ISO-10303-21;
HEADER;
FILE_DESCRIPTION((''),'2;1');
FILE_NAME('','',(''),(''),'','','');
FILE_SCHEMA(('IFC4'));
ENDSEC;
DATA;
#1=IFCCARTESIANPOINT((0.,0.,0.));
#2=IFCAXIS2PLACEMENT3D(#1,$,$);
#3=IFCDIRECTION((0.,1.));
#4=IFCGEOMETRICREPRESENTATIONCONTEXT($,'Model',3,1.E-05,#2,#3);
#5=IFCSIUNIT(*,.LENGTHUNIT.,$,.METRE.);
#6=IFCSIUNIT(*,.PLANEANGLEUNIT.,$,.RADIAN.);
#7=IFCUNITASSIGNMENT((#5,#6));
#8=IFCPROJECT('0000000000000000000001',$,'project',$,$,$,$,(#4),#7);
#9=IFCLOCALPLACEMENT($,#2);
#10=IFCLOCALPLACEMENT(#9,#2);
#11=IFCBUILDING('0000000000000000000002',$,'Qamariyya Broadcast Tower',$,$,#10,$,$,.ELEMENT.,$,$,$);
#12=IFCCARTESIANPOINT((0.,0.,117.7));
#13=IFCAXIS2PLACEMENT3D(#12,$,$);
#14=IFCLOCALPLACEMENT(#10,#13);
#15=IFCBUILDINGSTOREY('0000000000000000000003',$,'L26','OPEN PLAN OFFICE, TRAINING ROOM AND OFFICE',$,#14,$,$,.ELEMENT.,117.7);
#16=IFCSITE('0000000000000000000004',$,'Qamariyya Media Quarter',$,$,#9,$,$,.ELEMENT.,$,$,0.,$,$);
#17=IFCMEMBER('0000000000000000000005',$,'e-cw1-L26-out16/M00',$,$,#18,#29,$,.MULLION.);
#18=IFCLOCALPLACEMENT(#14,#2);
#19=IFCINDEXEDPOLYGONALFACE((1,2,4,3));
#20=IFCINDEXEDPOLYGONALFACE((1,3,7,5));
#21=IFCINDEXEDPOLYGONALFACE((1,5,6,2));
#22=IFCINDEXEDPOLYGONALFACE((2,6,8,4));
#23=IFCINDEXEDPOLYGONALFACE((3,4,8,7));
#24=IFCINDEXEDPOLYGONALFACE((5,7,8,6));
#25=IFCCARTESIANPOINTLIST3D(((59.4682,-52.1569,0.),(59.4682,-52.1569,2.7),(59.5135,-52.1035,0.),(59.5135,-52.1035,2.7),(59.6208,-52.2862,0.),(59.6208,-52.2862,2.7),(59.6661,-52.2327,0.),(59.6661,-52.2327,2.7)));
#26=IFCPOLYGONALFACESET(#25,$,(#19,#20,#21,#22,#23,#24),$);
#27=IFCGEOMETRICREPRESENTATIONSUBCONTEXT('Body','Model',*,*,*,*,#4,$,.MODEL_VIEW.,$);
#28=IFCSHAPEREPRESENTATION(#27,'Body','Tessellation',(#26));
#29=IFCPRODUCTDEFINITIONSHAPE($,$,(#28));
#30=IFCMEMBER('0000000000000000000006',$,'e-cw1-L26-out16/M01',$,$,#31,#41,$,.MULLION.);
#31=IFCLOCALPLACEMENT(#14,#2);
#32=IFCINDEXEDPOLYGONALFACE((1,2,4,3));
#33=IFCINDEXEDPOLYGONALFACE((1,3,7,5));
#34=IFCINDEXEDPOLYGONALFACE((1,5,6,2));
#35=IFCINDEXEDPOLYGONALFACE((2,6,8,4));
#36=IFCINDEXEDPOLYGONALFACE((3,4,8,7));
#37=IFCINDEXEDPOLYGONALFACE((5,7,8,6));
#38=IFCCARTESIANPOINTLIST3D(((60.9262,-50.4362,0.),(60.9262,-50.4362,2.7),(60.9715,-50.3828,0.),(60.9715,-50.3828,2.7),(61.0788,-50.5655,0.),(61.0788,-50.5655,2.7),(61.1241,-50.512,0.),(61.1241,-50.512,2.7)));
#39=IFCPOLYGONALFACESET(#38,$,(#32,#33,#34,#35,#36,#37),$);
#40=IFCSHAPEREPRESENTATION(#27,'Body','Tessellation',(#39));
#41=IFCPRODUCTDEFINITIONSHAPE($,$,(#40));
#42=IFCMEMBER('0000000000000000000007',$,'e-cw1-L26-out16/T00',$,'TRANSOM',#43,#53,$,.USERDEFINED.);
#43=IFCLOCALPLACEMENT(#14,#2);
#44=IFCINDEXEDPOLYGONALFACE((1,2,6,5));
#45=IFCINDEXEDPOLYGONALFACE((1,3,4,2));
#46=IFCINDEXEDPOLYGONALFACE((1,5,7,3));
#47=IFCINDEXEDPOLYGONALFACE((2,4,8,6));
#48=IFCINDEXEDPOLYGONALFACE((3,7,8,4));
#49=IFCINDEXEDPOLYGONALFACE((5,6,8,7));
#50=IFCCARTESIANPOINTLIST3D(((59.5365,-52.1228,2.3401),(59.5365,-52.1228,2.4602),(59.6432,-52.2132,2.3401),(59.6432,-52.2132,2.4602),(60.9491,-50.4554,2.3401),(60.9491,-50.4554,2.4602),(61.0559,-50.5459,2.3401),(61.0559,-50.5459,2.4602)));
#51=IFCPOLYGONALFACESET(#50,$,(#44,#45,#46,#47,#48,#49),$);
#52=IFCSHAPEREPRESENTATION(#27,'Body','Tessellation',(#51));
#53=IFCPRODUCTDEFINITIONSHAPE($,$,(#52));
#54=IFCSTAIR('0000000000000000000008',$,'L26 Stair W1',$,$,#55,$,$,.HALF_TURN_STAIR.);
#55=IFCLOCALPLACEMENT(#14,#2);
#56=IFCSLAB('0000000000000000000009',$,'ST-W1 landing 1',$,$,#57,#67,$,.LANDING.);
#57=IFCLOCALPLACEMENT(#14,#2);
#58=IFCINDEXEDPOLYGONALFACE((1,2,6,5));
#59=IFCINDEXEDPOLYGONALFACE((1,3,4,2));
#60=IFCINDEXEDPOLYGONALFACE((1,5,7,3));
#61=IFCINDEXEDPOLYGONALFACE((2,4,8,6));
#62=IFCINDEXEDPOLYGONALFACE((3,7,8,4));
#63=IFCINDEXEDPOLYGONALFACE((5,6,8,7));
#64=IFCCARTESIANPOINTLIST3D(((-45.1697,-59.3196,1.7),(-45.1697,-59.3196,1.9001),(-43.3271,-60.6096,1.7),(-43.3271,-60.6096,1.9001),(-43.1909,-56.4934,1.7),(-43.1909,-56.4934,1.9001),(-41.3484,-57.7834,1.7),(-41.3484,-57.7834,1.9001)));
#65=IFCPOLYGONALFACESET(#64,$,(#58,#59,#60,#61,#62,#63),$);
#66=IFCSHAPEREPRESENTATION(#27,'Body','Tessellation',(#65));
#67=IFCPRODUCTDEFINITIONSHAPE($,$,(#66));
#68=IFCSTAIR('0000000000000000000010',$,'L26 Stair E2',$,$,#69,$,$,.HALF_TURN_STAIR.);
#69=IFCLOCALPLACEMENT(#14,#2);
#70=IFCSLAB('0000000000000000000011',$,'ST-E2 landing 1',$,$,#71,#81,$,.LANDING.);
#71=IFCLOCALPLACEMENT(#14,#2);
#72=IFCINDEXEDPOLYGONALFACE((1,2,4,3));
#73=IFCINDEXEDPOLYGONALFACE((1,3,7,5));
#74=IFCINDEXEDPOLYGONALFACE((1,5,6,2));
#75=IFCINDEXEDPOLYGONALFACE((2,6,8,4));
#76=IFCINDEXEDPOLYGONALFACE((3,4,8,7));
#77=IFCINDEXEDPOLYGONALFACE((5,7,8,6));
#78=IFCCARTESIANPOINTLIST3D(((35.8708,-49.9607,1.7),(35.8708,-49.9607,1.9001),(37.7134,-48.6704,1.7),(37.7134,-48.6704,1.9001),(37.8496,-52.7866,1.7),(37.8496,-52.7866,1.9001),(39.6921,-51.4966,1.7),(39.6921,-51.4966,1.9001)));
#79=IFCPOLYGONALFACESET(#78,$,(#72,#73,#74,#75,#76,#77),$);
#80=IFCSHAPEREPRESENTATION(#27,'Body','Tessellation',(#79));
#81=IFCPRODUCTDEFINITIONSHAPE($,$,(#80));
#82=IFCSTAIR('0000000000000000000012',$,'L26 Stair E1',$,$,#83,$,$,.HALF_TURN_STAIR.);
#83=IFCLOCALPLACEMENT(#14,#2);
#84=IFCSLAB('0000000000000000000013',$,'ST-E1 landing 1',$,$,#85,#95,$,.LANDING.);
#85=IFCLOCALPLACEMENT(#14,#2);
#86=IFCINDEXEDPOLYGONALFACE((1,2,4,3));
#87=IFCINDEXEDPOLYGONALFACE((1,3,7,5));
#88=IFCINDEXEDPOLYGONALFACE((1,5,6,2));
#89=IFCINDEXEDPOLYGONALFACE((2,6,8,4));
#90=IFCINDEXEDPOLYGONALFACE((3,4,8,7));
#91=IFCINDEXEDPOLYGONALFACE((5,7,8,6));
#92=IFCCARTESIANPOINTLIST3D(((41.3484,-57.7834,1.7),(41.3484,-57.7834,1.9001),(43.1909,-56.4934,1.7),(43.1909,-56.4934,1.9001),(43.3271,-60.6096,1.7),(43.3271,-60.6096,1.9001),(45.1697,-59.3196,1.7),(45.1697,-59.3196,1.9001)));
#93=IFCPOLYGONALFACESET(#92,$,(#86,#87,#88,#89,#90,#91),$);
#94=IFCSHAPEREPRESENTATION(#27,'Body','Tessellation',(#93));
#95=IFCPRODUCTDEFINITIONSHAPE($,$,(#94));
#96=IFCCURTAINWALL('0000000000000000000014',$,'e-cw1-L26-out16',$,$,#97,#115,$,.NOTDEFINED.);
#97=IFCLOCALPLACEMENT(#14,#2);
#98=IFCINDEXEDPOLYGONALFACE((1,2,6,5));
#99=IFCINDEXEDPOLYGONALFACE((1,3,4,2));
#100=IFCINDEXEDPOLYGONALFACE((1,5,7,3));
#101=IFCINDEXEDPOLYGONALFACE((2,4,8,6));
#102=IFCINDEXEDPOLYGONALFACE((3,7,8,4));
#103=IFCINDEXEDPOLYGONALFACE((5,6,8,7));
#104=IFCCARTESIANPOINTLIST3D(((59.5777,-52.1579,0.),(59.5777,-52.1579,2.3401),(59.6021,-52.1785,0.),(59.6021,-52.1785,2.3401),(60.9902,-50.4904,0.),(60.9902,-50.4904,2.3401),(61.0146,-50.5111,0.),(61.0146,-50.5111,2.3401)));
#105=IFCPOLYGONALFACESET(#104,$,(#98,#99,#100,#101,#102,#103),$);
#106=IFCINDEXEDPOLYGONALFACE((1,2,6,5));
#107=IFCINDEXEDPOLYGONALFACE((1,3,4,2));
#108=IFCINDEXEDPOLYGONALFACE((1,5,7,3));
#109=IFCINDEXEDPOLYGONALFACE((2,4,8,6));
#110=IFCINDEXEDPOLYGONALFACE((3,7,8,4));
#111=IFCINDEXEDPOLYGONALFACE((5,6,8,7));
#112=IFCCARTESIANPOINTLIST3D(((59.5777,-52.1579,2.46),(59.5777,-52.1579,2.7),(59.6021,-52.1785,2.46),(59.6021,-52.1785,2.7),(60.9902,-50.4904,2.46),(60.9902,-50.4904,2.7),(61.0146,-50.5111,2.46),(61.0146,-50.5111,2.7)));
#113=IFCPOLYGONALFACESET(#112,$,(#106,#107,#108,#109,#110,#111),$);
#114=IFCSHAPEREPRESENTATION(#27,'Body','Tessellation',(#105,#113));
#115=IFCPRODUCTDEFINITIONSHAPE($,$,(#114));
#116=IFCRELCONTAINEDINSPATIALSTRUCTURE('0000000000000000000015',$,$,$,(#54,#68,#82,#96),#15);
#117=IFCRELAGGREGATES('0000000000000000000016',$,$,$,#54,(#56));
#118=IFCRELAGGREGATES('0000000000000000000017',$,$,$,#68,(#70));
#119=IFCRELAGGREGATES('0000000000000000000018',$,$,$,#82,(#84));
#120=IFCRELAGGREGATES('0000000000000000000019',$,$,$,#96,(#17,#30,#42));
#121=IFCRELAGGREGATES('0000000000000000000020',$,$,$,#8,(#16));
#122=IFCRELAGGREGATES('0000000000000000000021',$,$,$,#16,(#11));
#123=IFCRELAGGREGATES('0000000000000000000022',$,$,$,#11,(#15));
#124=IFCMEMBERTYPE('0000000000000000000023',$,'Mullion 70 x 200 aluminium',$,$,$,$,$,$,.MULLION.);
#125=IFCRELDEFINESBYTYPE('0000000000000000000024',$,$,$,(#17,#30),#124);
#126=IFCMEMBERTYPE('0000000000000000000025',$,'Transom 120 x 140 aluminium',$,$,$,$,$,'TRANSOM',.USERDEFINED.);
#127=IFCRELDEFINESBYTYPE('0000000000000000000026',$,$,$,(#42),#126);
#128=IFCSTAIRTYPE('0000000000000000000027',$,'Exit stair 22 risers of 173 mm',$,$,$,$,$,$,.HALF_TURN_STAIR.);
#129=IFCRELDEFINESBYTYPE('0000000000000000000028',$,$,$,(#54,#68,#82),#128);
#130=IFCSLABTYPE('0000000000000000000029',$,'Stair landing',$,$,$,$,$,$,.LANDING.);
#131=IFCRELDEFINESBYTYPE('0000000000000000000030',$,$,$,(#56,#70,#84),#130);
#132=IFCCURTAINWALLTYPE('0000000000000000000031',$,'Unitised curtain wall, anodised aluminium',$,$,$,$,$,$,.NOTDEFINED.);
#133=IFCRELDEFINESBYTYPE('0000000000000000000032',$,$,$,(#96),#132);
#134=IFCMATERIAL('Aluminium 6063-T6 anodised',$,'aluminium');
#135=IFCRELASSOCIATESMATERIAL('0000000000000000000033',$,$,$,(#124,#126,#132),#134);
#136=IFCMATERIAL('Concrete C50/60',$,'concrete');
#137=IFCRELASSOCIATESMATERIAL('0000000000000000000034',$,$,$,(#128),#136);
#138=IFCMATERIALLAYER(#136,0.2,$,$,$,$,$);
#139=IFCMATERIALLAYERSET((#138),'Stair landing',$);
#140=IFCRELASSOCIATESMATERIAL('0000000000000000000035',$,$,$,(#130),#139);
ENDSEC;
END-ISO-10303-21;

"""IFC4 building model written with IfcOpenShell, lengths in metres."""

from ifc_helpers import new_model, si_unit, direction, frame, origin, origin_2d, place, context, subcontext, project, spatial, polyline, rectangle, outline, extrude, material, layer, layer_set, material_profile, profile_set, type_object, element, aggregate, save


model = new_model("IFC4")

# Units and contexts
model_context = context("Model", 3, precision=1e-05, world=origin(), true_north=direction((0.0, 1.0)))
body_context = subcontext(model_context, "Body", "Model", "MODEL_VIEW")
ifc_project = project(units=[si_unit("LENGTHUNIT", "METRE"), si_unit("PLANEANGLEUNIT", "RADIAN")], contexts=[model_context])

# Members
ifc_material_1 = material(Name="Aluminium 6063-T6 anodised", Category="aluminium")
ifc_material_profile_1 = material_profile(ifc_material_1, rectangle(XDim=0.2, YDim=0.0701, at=origin_2d()))
ifc_profile_set_1 = profile_set([ifc_material_profile_1], Name="Aluminium 6063-T6 anodised")
member_type_1 = type_object("IfcMemberType", Name="Mullion 70 x 200 aluminium", PredefinedType="MULLION", material=ifc_profile_set_1)
site_placement = place(None, origin())
building_placement = place(site_placement, origin())
storey_placement = place(building_placement, frame((0.0, 0.0, 117.7)))
member_1_placement = place(storey_placement, frame((59.5671, -52.1948, 0.0), z_axis=(0.0, 0.0, 1.0), x_axis=(-0.762997, 0.646402, 0.0)))
member_1 = element("IfcMember", 1, at=member_1_placement, type_object=member_type_1, Name="e-cw1-L26-out16/M00", PredefinedType="MULLION", context=body_context, shape_type="SweptSolid", body=[
    extrude(rectangle(XDim=0.2, YDim=0.0701, at=origin_2d()), origin(), (0.0, 0.0, 1.0), 2.7),
])
member_2_placement = place(storey_placement, frame((61.0251, -50.4741, 0.0), z_axis=(0.0, 0.0, 1.0), x_axis=(-0.762997, 0.646402, 0.0)))
member_2 = element("IfcMember", 2, at=member_2_placement, type_object=member_type_1, Name="e-cw1-L26-out16/M01", PredefinedType="MULLION", context=body_context, shape_type="SweptSolid", body=[
    extrude(rectangle(XDim=0.2, YDim=0.0701, at=origin_2d()), origin(), (0.0, 0.0, 1.0), 2.7),
])
ifc_material_profile_2 = material_profile(ifc_material_1, rectangle(XDim=0.1399, YDim=0.1201, at=origin_2d()))
ifc_profile_set_2 = profile_set([ifc_material_profile_2], Name="Aluminium 6063-T6 anodised")
member_type_2 = type_object("IfcMemberType", Name="Transom 120 x 140 aluminium", ElementType="TRANSOM", PredefinedType="USERDEFINED", material=ifc_profile_set_2)
member_3_placement = place(storey_placement, frame((59.5898, -52.168, 2.4001), z_axis=(0.646438, 0.762967, 0.0), x_axis=(-0.762967, 0.646438, 0.0)))
member_3 = element("IfcMember", 3, at=member_3_placement, type_object=member_type_2, Name="e-cw1-L26-out16/T00", ObjectType="TRANSOM", PredefinedType="USERDEFINED", context=body_context, shape_type="SweptSolid", body=[
    extrude(rectangle(XDim=0.1399, YDim=0.1201, at=origin_2d()), origin(), (0.0, 0.0, 1.0), 2.1853),
])

# Site, building, storey
site = spatial("IfcSite", under=ifc_project, at=site_placement, Name="Qamariyya Media Quarter", CompositionType="ELEMENT", RefElevation=0.0)
building = spatial("IfcBuilding", under=site, at=building_placement, Name="Qamariyya Broadcast Tower", CompositionType="ELEMENT")
storey = spatial("IfcBuildingStorey", under=building, at=storey_placement, Name="L26", Description="OPEN PLAN OFFICE, TRAINING ROOM AND OFFICE", CompositionType="ELEMENT", Elevation=117.7)

# Stairs, slabs
ifc_material_2 = material(Name="Concrete C50/60", Category="concrete")
stair_type = type_object("IfcStairType", Name="Exit stair 22 risers of 173 mm", PredefinedType="HALF_TURN_STAIR", material=ifc_material_2)
stair_1_placement = place(storey_placement, origin())
stair_1 = element("IfcStair", 4, at=stair_1_placement, inside=storey, type_object=stair_type, Name="L26 Stair W1", PredefinedType="HALF_TURN_STAIR")
ifc_layer = layer(ifc_material_2, 0.2)
ifc_layer_set = layer_set([ifc_layer], Name="Stair landing")
slab_type = type_object("IfcSlabType", Name="Stair landing", PredefinedType="LANDING", material=ifc_layer_set)
slab_1_placement = place(storey_placement, frame((0.0, 0.0, 1.7)))
slab_1 = element("IfcSlab", 5, at=slab_1_placement, type_object=slab_type, Name="ST-W1 landing 1", PredefinedType="LANDING", context=body_context, shape_type="SweptSolid", body=[
    extrude(outline(polyline([(-45.1697, -59.3196), (-43.3271, -60.6096), (-41.3484, -57.7834), (-43.1909, -56.4934), (-45.1697, -59.3196)])), origin(), (0.0, 0.0, 1.0), 0.2002),
])
aggregate(stair_1, [slab_1])
stair_2_placement = place(storey_placement, origin())
stair_2 = element("IfcStair", 6, at=stair_2_placement, inside=storey, type_object=stair_type, Name="L26 Stair E2", PredefinedType="HALF_TURN_STAIR")
slab_2_placement = place(storey_placement, frame((0.0, 0.0, 1.7)))
slab_2 = element("IfcSlab", 7, at=slab_2_placement, type_object=slab_type, Name="ST-E2 landing 1", PredefinedType="LANDING", context=body_context, shape_type="SweptSolid", body=[
    extrude(outline(polyline([(37.7134, -48.6704), (35.8708, -49.9607), (37.8496, -52.7866), (39.6921, -51.4966), (37.7134, -48.6704)])), origin(), (0.0, 0.0, 1.0), 0.2002),
])
aggregate(stair_2, [slab_2])
stair_3_placement = place(storey_placement, origin())
stair_3 = element("IfcStair", 8, at=stair_3_placement, inside=storey, type_object=stair_type, Name="L26 Stair E1", PredefinedType="HALF_TURN_STAIR")
slab_3_placement = place(storey_placement, frame((0.0, 0.0, 1.7)))
slab_3 = element("IfcSlab", 9, at=slab_3_placement, type_object=slab_type, Name="ST-E1 landing 1", PredefinedType="LANDING", context=body_context, shape_type="SweptSolid", body=[
    extrude(outline(polyline([(43.1909, -56.4934), (41.3484, -57.7834), (43.3271, -60.6096), (45.1697, -59.3196), (43.1909, -56.4934)])), origin(), (0.0, 0.0, 1.0), 0.2002),
])
aggregate(stair_3, [slab_3])

# Curtain wall
curtain_wall_type = type_object("IfcCurtainWallType", Name="Unitised curtain wall, anodised aluminium", PredefinedType="NOTDEFINED", material=ifc_material_1)
curtain_wall_1_placement = place(storey_placement, origin())
curtain_wall_1 = element("IfcCurtainWall", 10, at=curtain_wall_1_placement, inside=storey, type_object=curtain_wall_type, Name="e-cw1-L26-out16", PredefinedType="NOTDEFINED", context=body_context, shape_type="SweptSolid", body=[
    extrude(rectangle(XDim=2.1853, YDim=0.032, at=origin_2d()), frame((60.2961, -51.3345, 0.0), x_axis=(0.64637, 0.763024, 0.0)), (0.0, 0.0, 1.0), 2.3401),
    extrude(rectangle(XDim=2.1853, YDim=0.032, at=origin_2d()), frame((60.2961, -51.3345, 2.46), x_axis=(0.64637, 0.763024, 0.0)), (0.0, 0.0, 1.0), 0.24),
])
aggregate(curtain_wall_1, [member_1, member_2, member_3])

save(model, "model.ifc")
